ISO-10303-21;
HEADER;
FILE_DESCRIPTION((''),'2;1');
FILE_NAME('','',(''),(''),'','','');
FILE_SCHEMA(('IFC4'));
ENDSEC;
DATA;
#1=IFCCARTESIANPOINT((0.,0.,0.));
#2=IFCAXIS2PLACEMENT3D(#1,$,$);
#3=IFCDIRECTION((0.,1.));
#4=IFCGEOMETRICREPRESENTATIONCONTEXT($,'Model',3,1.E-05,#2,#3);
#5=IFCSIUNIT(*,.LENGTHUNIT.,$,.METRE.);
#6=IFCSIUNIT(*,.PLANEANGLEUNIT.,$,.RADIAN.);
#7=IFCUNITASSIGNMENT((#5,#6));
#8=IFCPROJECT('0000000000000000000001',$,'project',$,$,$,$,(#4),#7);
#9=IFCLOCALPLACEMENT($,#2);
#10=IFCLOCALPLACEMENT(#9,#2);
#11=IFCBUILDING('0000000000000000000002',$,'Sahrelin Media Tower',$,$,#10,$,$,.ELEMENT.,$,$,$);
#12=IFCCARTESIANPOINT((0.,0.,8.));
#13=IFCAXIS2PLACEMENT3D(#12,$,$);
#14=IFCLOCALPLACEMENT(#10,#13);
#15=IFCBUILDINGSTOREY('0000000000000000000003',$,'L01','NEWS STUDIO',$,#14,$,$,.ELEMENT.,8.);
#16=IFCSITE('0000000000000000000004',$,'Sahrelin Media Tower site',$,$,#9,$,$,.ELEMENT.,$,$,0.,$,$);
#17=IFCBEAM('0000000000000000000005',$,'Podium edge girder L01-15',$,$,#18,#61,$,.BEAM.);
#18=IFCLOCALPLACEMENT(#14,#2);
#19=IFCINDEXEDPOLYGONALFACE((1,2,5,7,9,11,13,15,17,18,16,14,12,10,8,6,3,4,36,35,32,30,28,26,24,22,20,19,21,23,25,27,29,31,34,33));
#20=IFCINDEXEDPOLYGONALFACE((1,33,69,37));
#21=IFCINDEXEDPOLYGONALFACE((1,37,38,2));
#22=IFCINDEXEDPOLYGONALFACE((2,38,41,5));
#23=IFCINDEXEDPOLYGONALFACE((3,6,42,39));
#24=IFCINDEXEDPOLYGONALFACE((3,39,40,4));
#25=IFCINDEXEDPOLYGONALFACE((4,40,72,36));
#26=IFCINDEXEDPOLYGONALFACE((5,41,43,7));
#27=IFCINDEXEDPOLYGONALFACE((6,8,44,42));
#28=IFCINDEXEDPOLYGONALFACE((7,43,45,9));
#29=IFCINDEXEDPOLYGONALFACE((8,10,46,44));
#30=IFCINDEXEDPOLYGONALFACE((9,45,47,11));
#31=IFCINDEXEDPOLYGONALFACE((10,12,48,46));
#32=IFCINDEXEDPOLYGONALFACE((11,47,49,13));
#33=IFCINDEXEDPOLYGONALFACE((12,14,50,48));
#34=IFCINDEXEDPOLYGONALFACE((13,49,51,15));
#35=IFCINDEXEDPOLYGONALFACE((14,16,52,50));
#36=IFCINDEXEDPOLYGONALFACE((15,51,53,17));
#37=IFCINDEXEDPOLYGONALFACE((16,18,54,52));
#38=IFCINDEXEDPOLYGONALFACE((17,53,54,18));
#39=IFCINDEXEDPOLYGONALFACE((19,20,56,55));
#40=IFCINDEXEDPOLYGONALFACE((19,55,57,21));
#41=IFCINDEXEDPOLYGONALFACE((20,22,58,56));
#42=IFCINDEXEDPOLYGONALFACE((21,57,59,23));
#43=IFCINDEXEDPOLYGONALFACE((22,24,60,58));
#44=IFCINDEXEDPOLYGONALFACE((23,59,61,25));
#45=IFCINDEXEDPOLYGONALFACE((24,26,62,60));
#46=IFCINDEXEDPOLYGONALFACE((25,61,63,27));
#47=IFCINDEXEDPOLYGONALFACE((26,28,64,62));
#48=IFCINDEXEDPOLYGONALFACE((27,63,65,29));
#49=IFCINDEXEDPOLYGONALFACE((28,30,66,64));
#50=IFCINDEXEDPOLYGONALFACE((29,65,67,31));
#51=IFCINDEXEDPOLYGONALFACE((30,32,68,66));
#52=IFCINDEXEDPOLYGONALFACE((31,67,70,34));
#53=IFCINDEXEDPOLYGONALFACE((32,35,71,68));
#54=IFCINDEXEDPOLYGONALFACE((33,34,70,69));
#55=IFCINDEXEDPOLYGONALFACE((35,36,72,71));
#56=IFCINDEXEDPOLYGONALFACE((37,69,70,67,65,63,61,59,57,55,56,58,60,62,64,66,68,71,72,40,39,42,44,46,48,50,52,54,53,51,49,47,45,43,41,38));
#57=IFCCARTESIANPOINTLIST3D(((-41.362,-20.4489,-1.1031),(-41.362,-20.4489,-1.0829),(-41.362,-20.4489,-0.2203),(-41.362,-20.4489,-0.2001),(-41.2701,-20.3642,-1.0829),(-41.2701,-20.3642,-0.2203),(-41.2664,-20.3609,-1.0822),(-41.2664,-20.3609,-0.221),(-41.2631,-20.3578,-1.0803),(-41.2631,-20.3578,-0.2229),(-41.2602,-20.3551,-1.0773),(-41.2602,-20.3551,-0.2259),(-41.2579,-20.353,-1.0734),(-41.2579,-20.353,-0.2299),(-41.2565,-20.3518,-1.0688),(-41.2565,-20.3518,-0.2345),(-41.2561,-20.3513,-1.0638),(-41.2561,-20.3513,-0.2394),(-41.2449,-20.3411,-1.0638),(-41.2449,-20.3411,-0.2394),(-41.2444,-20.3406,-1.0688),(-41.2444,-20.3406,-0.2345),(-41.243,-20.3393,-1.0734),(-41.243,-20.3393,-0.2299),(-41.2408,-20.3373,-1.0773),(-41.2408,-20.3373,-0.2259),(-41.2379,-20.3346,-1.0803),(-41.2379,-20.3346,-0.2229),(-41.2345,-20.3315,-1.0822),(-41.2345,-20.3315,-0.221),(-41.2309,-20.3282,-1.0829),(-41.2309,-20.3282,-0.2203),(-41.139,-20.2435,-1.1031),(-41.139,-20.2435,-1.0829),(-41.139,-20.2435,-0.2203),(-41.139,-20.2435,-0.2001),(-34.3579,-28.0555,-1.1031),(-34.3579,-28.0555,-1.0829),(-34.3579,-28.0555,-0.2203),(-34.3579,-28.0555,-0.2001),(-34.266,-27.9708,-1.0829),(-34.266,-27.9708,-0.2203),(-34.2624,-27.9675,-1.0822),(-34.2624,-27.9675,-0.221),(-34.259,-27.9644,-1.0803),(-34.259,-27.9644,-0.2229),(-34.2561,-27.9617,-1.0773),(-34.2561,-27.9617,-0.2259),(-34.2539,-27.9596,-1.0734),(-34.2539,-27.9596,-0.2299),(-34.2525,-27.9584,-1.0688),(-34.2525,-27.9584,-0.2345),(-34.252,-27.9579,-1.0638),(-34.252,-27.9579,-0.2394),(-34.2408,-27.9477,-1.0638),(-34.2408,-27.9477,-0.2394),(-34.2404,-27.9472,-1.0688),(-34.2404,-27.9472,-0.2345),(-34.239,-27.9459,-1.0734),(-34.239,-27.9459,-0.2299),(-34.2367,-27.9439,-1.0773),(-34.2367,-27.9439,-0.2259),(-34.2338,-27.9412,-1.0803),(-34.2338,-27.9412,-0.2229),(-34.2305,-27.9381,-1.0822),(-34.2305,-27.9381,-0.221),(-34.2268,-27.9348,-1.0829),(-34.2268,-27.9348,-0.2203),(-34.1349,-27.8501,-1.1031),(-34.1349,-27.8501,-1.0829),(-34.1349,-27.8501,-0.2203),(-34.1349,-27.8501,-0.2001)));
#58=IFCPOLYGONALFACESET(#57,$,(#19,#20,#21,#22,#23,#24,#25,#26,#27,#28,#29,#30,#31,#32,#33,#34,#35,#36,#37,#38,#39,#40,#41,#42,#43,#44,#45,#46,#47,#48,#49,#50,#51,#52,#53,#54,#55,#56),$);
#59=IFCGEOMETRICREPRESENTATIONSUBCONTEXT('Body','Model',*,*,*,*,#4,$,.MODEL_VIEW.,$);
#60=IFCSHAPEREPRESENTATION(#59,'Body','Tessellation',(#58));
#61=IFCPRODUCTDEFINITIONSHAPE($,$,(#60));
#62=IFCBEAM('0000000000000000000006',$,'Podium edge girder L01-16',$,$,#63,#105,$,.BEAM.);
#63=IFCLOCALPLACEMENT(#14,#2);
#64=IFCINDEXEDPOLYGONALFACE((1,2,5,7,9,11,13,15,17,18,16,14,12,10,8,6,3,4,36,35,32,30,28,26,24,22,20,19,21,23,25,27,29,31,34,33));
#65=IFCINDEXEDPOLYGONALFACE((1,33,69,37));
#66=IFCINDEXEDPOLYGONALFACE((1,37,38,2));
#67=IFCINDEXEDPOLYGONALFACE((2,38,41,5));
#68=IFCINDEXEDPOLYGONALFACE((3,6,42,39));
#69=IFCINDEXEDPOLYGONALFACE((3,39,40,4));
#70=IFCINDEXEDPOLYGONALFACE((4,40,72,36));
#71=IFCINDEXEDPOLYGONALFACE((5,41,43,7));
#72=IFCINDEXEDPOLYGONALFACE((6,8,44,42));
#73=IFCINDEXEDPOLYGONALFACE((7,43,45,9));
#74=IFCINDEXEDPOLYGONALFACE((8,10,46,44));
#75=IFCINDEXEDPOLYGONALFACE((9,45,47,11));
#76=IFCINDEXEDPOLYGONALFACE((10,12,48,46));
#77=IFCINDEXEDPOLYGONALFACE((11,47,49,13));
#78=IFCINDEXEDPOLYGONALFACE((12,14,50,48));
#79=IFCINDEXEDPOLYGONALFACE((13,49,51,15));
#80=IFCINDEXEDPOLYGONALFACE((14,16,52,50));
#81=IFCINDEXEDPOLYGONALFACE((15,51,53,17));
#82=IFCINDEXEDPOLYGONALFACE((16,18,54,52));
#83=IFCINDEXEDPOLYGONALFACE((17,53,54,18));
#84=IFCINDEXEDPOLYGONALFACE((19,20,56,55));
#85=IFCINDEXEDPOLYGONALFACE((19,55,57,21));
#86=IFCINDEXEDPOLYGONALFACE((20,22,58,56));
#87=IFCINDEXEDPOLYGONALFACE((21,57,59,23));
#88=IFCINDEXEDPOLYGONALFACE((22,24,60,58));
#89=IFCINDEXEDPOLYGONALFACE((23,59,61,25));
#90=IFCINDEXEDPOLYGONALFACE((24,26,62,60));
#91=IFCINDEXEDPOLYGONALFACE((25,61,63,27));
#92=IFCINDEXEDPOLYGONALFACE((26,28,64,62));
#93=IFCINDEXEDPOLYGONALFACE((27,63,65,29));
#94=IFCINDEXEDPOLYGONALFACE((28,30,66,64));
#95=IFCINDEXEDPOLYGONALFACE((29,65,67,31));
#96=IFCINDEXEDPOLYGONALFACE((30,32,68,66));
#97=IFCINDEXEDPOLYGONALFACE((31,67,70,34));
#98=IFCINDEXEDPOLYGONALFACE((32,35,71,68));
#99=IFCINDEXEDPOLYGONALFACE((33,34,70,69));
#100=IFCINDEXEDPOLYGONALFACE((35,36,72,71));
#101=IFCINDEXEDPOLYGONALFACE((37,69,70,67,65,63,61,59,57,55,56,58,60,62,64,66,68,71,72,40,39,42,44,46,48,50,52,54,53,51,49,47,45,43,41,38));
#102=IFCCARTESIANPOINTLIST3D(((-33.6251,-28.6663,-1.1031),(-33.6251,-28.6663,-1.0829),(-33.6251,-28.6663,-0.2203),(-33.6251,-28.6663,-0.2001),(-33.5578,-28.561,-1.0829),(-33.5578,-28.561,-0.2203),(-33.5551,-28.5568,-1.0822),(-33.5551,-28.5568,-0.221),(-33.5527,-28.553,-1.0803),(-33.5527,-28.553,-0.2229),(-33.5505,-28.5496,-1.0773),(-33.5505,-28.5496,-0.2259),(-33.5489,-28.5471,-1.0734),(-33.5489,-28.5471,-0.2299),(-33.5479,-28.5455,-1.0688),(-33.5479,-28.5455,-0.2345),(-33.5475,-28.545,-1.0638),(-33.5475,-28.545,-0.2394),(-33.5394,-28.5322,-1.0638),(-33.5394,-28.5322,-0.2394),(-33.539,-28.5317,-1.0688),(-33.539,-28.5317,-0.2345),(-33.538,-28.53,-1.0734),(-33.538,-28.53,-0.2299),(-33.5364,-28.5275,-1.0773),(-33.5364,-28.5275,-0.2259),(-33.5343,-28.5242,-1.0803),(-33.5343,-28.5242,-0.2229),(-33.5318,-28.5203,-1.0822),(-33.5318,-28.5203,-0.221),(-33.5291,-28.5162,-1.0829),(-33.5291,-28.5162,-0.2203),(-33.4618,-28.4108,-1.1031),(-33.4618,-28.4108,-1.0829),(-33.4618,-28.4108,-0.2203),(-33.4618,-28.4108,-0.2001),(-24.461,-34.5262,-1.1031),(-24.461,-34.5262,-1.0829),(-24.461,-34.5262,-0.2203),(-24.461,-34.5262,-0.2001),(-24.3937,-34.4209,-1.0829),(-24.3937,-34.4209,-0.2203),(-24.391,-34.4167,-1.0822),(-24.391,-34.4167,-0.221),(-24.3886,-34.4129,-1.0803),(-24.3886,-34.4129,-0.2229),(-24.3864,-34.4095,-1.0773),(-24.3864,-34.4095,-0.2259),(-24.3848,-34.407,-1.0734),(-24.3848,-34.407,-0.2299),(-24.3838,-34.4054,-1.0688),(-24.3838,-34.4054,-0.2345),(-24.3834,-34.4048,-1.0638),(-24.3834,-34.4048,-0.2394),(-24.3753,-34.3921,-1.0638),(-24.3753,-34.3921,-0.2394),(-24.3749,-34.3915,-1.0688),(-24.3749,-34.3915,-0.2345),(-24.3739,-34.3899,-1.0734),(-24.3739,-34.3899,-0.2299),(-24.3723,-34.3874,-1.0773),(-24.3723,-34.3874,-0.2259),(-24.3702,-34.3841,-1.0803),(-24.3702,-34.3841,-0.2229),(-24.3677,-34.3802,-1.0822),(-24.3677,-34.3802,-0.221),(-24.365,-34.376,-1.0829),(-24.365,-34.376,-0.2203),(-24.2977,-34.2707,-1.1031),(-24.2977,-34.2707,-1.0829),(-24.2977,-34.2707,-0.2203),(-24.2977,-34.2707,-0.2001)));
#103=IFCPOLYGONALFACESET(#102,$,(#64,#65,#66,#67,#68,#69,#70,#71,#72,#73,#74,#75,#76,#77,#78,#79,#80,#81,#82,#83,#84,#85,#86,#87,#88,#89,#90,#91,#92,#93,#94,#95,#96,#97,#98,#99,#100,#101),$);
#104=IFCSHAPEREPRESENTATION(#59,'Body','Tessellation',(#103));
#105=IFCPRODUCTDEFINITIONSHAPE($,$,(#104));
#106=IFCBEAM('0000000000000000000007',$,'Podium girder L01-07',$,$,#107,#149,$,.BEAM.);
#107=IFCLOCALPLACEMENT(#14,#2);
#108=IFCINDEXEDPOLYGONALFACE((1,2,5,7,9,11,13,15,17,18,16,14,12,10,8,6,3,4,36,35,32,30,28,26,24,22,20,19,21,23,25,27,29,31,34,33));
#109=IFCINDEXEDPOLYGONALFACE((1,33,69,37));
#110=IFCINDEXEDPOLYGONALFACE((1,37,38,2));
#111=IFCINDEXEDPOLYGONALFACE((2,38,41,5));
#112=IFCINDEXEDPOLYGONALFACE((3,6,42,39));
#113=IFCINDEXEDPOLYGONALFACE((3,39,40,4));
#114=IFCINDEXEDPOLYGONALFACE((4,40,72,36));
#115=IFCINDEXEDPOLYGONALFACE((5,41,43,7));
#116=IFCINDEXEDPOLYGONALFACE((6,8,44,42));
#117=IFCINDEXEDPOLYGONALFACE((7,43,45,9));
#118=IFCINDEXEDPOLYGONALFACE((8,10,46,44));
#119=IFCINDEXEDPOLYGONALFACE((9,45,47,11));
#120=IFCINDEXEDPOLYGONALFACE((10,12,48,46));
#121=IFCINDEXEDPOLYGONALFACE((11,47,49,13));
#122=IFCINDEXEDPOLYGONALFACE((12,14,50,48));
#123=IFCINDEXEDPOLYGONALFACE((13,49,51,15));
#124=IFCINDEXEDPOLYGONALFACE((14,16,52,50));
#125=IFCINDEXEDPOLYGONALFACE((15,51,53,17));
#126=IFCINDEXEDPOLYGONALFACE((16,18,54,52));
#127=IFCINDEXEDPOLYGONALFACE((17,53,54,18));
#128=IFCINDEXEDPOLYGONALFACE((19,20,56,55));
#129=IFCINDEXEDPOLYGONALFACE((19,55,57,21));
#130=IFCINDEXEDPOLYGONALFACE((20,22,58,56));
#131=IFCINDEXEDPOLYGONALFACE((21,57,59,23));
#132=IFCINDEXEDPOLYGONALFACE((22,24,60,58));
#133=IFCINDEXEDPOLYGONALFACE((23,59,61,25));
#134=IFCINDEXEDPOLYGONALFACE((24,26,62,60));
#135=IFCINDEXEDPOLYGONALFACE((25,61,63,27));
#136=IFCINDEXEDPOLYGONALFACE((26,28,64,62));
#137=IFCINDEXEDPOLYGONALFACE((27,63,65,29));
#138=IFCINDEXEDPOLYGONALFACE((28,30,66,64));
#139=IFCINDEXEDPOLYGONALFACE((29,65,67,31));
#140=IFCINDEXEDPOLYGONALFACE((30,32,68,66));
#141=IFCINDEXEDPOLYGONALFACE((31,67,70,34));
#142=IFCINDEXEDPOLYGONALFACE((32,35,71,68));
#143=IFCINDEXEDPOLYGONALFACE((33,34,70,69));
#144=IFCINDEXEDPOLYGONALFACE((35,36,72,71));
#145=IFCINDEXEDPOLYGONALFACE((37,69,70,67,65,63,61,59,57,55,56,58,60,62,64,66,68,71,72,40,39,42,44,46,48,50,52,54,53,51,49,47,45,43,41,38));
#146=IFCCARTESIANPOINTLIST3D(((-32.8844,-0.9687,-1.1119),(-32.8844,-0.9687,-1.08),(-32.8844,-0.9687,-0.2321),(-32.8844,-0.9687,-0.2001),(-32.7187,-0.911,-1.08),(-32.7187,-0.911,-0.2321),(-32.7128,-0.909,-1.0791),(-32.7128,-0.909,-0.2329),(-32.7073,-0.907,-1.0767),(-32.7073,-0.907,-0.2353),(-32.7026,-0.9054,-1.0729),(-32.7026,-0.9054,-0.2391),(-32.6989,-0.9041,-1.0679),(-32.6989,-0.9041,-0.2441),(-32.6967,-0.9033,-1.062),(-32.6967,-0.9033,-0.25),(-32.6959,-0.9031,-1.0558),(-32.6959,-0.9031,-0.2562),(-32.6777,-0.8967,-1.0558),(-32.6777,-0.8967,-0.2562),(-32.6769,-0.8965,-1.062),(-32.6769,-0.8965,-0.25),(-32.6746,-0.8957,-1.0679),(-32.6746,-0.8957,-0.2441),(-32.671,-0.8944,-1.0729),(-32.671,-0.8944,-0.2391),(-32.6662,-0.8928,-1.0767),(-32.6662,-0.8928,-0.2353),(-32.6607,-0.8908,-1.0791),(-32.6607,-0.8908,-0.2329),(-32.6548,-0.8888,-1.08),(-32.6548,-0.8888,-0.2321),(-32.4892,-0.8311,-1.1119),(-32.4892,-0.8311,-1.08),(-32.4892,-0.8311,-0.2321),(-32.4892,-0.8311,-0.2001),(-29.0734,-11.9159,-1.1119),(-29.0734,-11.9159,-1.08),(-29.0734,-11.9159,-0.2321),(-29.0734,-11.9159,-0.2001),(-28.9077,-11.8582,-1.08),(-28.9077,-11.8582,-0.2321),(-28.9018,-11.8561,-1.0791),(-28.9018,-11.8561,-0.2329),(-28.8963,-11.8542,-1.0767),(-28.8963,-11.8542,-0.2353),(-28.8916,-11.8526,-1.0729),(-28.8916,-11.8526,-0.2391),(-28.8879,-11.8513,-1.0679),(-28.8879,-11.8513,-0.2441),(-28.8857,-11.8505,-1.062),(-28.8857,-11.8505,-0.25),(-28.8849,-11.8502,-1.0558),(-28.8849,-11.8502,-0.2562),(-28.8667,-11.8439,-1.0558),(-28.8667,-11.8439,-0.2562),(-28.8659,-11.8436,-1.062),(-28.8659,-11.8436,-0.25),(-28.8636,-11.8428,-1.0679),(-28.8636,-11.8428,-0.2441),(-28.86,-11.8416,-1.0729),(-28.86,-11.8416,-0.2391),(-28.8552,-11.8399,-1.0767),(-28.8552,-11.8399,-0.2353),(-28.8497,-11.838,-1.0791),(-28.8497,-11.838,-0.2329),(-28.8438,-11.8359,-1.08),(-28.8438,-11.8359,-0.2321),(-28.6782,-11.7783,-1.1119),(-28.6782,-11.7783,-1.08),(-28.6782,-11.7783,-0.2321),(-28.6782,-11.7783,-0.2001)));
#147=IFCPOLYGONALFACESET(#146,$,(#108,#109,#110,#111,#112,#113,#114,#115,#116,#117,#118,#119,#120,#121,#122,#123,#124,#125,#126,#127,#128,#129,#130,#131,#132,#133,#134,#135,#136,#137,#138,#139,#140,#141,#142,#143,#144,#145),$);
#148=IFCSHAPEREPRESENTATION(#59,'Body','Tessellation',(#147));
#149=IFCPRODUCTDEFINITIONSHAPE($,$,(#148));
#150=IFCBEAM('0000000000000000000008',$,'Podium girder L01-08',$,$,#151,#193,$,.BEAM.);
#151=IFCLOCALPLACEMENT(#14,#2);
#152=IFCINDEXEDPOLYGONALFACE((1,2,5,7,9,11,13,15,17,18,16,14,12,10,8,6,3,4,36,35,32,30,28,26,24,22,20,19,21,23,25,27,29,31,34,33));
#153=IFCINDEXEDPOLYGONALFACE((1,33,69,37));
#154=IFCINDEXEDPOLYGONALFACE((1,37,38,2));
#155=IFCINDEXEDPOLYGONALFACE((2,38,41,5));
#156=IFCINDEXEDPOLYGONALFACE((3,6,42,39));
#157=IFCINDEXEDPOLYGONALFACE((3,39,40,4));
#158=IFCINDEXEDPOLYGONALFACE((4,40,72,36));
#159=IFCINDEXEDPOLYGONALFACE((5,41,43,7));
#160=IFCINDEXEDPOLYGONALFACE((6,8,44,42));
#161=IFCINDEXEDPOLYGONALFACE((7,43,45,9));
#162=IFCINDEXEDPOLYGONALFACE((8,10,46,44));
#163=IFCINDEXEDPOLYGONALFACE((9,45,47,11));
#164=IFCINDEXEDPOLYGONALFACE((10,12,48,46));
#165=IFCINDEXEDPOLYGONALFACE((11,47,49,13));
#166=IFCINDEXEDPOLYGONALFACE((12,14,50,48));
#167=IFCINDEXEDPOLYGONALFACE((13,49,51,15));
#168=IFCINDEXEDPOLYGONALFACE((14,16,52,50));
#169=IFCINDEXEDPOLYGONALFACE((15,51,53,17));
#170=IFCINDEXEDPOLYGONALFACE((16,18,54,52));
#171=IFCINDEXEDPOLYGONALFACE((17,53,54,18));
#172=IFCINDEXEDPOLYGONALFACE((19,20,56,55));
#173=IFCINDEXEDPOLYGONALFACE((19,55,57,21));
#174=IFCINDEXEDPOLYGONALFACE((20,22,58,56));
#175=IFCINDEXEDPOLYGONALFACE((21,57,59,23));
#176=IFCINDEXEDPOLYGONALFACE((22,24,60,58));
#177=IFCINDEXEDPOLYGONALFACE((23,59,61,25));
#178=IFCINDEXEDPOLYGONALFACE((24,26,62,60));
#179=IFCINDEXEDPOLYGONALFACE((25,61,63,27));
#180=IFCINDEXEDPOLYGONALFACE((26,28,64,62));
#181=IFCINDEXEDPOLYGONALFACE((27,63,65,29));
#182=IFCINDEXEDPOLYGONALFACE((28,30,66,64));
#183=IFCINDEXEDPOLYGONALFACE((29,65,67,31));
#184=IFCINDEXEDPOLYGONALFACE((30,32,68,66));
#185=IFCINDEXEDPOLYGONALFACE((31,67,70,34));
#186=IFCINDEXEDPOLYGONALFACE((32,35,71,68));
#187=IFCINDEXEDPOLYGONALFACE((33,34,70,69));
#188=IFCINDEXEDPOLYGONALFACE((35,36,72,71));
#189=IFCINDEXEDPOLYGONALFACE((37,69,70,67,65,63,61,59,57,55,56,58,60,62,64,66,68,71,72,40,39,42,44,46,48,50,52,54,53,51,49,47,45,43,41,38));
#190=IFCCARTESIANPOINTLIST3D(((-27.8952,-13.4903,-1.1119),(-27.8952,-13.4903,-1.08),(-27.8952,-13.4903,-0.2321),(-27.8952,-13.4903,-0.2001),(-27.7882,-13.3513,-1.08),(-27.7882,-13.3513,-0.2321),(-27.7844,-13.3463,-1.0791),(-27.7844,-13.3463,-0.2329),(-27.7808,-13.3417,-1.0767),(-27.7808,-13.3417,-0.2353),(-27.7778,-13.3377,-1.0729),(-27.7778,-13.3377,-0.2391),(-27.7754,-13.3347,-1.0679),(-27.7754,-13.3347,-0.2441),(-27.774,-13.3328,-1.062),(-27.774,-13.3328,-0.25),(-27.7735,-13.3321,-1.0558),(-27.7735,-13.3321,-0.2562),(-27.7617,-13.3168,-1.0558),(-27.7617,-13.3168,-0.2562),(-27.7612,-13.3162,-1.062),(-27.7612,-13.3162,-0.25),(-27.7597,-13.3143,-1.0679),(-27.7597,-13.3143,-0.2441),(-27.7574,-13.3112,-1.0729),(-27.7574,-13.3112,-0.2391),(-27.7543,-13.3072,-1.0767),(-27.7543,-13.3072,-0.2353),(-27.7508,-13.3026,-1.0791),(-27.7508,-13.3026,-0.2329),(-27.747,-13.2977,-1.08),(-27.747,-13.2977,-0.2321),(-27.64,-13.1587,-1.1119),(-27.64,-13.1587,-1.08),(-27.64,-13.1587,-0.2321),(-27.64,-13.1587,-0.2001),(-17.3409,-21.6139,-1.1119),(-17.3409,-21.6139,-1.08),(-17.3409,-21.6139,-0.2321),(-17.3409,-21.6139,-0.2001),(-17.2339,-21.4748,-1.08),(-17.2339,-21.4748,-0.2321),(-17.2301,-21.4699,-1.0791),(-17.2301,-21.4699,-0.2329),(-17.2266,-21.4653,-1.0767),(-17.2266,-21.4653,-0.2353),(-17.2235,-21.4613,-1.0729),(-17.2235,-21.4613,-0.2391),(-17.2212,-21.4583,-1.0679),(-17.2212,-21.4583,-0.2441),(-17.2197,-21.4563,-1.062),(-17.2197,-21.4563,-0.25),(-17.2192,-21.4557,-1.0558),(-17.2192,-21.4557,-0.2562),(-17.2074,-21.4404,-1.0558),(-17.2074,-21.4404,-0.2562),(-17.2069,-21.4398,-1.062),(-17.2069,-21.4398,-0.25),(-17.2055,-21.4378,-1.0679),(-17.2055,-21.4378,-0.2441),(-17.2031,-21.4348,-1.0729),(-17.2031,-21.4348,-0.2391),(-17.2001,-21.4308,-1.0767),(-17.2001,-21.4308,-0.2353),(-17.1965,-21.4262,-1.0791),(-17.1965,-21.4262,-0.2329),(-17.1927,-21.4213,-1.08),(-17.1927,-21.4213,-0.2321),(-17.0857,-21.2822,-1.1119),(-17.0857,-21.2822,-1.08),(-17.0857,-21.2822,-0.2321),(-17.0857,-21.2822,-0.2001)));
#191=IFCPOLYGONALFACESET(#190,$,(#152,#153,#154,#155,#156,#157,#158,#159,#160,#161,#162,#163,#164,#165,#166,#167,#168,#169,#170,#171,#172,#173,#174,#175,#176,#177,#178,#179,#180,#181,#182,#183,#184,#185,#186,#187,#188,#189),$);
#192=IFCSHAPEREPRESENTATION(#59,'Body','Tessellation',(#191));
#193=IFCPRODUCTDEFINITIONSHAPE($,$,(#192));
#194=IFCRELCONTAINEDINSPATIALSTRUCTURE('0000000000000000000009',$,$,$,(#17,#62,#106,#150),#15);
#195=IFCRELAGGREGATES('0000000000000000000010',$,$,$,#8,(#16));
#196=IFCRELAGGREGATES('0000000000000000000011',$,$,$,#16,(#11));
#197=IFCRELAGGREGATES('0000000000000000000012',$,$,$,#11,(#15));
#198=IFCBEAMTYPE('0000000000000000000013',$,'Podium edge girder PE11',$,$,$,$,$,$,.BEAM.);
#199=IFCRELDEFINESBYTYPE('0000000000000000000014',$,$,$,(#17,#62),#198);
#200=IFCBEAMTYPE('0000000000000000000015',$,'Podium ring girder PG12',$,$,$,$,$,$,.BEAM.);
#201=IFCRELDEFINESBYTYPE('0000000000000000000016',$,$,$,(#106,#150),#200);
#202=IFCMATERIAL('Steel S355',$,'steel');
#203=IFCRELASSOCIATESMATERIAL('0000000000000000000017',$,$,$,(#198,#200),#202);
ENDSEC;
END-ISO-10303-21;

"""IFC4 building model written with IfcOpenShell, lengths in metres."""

from ifc_helpers import new_model, si_unit, direction, frame, origin, origin_2d, place, context, subcontext, project, spatial, i_section, extrude, material, material_profile, profile_set, type_object, element, save


model = new_model("IFC4")

# Units and contexts
model_context = context("Model", 3, precision=1e-05, world=origin(), true_north=direction((0.0, 1.0)))
body_context = subcontext(model_context, "Body", "Model", "MODEL_VIEW")
ifc_project = project(units=[si_unit("LENGTHUNIT", "METRE"), si_unit("PLANEANGLEUNIT", "RADIAN")], contexts=[model_context])

# Site, building, storey
site_placement = place(None, origin())
site = spatial("IfcSite", under=ifc_project, at=site_placement, Name="Sahrelin Media Tower site", CompositionType="ELEMENT", RefElevation=0.0)
building_placement = place(site_placement, origin())
building = spatial("IfcBuilding", under=site, at=building_placement, Name="Sahrelin Media Tower", CompositionType="ELEMENT")
storey_placement = place(building_placement, frame((0.0, 0.0, 8.0)))
storey = spatial("IfcBuildingStorey", under=building, at=storey_placement, Name="L01", Description="NEWS STUDIO", CompositionType="ELEMENT", Elevation=8.0)

# Beams
ifc_material_1 = material(Name="Steel S355", Category="steel")
ifc_material_profile_1 = material_profile(ifc_material_1, i_section(OverallWidth=0.3032, OverallDepth=0.9031, WebThickness=0.0151, FlangeThickness=0.0203, FilletRadius=0.019, at=origin_2d()), Name="UB 914x305x201")
ifc_profile_set_1 = profile_set([ifc_material_profile_1], Name="Steel S355")
beam_type_1 = type_object("IfcBeamType", Name="Podium edge girder PE11", PredefinedType="BEAM", material=ifc_profile_set_1)
beam_1_placement = place(storey_placement, frame((-41.2505, -20.3462, -0.6516), z_axis=(0.677371, -0.735642, 0.0), x_axis=(0.735642, 0.677371, 0.0)))
element("IfcBeam", 1, at=beam_1_placement, inside=storey, type_object=beam_type_1, Name="Podium edge girder L01-15", PredefinedType="BEAM", context=body_context, shape_type="SweptSolid", body=[
    extrude(i_section(OverallWidth=0.3032, OverallDepth=0.9031, WebThickness=0.0151, FlangeThickness=0.0203, FilletRadius=0.019, at=origin_2d()), origin(), (0.0, 0.0, 1.0), 10.3401),
])
beam_2_placement = place(storey_placement, frame((-33.5435, -28.5386, -0.6516), z_axis=(0.842486, -0.538719, 0.0), x_axis=(0.538719, 0.842486, 0.0)))
element("IfcBeam", 2, at=beam_2_placement, inside=storey, type_object=beam_type_1, Name="Podium edge girder L01-16", PredefinedType="BEAM", context=body_context, shape_type="SweptSolid", body=[
    extrude(i_section(OverallWidth=0.3032, OverallDepth=0.9031, WebThickness=0.0151, FlangeThickness=0.0203, FilletRadius=0.019, at=origin_2d()), origin(), (0.0, 0.0, 1.0), 10.8774),
])
ifc_material_profile_2 = material_profile(ifc_material_1, i_section(OverallWidth=0.4185, OverallDepth=0.9119, WebThickness=0.0193, FlangeThickness=0.032, FilletRadius=0.0242, at=origin_2d()), Name="UB 914x419x343")
ifc_profile_set_2 = profile_set([ifc_material_profile_2], Name="Steel S355")
beam_type_2 = type_object("IfcBeamType", Name="Podium ring girder PG12", PredefinedType="BEAM", material=ifc_profile_set_2)
beam_3_placement = place(storey_placement, frame((-32.6868, -0.8999, -0.656), z_axis=(0.328774, -0.944409, 0.0), x_axis=(0.944409, 0.328774, 0.0)))
element("IfcBeam", 3, at=beam_3_placement, inside=storey, type_object=beam_type_2, Name="Podium girder L01-07", PredefinedType="BEAM", context=body_context, shape_type="SweptSolid", body=[
    extrude(i_section(OverallWidth=0.4185, OverallDepth=0.9119, WebThickness=0.0193, FlangeThickness=0.032, FilletRadius=0.0242, at=origin_2d()), origin(), (0.0, 0.0, 1.0), 11.5916),
])
beam_4_placement = place(storey_placement, frame((-27.7676, -13.3245, -0.656), z_axis=(0.792445, -0.609943, 0.0), x_axis=(0.609943, 0.792445, 0.0)))
element("IfcBeam", 4, at=beam_4_placement, inside=storey, type_object=beam_type_2, Name="Podium girder L01-08", PredefinedType="BEAM", context=body_context, shape_type="SweptSolid", body=[
    extrude(i_section(OverallWidth=0.4185, OverallDepth=0.9119, WebThickness=0.0193, FlangeThickness=0.032, FilletRadius=0.0242, at=origin_2d()), origin(), (0.0, 0.0, 1.0), 13.3186),
])

save(model, "model.ifc")
